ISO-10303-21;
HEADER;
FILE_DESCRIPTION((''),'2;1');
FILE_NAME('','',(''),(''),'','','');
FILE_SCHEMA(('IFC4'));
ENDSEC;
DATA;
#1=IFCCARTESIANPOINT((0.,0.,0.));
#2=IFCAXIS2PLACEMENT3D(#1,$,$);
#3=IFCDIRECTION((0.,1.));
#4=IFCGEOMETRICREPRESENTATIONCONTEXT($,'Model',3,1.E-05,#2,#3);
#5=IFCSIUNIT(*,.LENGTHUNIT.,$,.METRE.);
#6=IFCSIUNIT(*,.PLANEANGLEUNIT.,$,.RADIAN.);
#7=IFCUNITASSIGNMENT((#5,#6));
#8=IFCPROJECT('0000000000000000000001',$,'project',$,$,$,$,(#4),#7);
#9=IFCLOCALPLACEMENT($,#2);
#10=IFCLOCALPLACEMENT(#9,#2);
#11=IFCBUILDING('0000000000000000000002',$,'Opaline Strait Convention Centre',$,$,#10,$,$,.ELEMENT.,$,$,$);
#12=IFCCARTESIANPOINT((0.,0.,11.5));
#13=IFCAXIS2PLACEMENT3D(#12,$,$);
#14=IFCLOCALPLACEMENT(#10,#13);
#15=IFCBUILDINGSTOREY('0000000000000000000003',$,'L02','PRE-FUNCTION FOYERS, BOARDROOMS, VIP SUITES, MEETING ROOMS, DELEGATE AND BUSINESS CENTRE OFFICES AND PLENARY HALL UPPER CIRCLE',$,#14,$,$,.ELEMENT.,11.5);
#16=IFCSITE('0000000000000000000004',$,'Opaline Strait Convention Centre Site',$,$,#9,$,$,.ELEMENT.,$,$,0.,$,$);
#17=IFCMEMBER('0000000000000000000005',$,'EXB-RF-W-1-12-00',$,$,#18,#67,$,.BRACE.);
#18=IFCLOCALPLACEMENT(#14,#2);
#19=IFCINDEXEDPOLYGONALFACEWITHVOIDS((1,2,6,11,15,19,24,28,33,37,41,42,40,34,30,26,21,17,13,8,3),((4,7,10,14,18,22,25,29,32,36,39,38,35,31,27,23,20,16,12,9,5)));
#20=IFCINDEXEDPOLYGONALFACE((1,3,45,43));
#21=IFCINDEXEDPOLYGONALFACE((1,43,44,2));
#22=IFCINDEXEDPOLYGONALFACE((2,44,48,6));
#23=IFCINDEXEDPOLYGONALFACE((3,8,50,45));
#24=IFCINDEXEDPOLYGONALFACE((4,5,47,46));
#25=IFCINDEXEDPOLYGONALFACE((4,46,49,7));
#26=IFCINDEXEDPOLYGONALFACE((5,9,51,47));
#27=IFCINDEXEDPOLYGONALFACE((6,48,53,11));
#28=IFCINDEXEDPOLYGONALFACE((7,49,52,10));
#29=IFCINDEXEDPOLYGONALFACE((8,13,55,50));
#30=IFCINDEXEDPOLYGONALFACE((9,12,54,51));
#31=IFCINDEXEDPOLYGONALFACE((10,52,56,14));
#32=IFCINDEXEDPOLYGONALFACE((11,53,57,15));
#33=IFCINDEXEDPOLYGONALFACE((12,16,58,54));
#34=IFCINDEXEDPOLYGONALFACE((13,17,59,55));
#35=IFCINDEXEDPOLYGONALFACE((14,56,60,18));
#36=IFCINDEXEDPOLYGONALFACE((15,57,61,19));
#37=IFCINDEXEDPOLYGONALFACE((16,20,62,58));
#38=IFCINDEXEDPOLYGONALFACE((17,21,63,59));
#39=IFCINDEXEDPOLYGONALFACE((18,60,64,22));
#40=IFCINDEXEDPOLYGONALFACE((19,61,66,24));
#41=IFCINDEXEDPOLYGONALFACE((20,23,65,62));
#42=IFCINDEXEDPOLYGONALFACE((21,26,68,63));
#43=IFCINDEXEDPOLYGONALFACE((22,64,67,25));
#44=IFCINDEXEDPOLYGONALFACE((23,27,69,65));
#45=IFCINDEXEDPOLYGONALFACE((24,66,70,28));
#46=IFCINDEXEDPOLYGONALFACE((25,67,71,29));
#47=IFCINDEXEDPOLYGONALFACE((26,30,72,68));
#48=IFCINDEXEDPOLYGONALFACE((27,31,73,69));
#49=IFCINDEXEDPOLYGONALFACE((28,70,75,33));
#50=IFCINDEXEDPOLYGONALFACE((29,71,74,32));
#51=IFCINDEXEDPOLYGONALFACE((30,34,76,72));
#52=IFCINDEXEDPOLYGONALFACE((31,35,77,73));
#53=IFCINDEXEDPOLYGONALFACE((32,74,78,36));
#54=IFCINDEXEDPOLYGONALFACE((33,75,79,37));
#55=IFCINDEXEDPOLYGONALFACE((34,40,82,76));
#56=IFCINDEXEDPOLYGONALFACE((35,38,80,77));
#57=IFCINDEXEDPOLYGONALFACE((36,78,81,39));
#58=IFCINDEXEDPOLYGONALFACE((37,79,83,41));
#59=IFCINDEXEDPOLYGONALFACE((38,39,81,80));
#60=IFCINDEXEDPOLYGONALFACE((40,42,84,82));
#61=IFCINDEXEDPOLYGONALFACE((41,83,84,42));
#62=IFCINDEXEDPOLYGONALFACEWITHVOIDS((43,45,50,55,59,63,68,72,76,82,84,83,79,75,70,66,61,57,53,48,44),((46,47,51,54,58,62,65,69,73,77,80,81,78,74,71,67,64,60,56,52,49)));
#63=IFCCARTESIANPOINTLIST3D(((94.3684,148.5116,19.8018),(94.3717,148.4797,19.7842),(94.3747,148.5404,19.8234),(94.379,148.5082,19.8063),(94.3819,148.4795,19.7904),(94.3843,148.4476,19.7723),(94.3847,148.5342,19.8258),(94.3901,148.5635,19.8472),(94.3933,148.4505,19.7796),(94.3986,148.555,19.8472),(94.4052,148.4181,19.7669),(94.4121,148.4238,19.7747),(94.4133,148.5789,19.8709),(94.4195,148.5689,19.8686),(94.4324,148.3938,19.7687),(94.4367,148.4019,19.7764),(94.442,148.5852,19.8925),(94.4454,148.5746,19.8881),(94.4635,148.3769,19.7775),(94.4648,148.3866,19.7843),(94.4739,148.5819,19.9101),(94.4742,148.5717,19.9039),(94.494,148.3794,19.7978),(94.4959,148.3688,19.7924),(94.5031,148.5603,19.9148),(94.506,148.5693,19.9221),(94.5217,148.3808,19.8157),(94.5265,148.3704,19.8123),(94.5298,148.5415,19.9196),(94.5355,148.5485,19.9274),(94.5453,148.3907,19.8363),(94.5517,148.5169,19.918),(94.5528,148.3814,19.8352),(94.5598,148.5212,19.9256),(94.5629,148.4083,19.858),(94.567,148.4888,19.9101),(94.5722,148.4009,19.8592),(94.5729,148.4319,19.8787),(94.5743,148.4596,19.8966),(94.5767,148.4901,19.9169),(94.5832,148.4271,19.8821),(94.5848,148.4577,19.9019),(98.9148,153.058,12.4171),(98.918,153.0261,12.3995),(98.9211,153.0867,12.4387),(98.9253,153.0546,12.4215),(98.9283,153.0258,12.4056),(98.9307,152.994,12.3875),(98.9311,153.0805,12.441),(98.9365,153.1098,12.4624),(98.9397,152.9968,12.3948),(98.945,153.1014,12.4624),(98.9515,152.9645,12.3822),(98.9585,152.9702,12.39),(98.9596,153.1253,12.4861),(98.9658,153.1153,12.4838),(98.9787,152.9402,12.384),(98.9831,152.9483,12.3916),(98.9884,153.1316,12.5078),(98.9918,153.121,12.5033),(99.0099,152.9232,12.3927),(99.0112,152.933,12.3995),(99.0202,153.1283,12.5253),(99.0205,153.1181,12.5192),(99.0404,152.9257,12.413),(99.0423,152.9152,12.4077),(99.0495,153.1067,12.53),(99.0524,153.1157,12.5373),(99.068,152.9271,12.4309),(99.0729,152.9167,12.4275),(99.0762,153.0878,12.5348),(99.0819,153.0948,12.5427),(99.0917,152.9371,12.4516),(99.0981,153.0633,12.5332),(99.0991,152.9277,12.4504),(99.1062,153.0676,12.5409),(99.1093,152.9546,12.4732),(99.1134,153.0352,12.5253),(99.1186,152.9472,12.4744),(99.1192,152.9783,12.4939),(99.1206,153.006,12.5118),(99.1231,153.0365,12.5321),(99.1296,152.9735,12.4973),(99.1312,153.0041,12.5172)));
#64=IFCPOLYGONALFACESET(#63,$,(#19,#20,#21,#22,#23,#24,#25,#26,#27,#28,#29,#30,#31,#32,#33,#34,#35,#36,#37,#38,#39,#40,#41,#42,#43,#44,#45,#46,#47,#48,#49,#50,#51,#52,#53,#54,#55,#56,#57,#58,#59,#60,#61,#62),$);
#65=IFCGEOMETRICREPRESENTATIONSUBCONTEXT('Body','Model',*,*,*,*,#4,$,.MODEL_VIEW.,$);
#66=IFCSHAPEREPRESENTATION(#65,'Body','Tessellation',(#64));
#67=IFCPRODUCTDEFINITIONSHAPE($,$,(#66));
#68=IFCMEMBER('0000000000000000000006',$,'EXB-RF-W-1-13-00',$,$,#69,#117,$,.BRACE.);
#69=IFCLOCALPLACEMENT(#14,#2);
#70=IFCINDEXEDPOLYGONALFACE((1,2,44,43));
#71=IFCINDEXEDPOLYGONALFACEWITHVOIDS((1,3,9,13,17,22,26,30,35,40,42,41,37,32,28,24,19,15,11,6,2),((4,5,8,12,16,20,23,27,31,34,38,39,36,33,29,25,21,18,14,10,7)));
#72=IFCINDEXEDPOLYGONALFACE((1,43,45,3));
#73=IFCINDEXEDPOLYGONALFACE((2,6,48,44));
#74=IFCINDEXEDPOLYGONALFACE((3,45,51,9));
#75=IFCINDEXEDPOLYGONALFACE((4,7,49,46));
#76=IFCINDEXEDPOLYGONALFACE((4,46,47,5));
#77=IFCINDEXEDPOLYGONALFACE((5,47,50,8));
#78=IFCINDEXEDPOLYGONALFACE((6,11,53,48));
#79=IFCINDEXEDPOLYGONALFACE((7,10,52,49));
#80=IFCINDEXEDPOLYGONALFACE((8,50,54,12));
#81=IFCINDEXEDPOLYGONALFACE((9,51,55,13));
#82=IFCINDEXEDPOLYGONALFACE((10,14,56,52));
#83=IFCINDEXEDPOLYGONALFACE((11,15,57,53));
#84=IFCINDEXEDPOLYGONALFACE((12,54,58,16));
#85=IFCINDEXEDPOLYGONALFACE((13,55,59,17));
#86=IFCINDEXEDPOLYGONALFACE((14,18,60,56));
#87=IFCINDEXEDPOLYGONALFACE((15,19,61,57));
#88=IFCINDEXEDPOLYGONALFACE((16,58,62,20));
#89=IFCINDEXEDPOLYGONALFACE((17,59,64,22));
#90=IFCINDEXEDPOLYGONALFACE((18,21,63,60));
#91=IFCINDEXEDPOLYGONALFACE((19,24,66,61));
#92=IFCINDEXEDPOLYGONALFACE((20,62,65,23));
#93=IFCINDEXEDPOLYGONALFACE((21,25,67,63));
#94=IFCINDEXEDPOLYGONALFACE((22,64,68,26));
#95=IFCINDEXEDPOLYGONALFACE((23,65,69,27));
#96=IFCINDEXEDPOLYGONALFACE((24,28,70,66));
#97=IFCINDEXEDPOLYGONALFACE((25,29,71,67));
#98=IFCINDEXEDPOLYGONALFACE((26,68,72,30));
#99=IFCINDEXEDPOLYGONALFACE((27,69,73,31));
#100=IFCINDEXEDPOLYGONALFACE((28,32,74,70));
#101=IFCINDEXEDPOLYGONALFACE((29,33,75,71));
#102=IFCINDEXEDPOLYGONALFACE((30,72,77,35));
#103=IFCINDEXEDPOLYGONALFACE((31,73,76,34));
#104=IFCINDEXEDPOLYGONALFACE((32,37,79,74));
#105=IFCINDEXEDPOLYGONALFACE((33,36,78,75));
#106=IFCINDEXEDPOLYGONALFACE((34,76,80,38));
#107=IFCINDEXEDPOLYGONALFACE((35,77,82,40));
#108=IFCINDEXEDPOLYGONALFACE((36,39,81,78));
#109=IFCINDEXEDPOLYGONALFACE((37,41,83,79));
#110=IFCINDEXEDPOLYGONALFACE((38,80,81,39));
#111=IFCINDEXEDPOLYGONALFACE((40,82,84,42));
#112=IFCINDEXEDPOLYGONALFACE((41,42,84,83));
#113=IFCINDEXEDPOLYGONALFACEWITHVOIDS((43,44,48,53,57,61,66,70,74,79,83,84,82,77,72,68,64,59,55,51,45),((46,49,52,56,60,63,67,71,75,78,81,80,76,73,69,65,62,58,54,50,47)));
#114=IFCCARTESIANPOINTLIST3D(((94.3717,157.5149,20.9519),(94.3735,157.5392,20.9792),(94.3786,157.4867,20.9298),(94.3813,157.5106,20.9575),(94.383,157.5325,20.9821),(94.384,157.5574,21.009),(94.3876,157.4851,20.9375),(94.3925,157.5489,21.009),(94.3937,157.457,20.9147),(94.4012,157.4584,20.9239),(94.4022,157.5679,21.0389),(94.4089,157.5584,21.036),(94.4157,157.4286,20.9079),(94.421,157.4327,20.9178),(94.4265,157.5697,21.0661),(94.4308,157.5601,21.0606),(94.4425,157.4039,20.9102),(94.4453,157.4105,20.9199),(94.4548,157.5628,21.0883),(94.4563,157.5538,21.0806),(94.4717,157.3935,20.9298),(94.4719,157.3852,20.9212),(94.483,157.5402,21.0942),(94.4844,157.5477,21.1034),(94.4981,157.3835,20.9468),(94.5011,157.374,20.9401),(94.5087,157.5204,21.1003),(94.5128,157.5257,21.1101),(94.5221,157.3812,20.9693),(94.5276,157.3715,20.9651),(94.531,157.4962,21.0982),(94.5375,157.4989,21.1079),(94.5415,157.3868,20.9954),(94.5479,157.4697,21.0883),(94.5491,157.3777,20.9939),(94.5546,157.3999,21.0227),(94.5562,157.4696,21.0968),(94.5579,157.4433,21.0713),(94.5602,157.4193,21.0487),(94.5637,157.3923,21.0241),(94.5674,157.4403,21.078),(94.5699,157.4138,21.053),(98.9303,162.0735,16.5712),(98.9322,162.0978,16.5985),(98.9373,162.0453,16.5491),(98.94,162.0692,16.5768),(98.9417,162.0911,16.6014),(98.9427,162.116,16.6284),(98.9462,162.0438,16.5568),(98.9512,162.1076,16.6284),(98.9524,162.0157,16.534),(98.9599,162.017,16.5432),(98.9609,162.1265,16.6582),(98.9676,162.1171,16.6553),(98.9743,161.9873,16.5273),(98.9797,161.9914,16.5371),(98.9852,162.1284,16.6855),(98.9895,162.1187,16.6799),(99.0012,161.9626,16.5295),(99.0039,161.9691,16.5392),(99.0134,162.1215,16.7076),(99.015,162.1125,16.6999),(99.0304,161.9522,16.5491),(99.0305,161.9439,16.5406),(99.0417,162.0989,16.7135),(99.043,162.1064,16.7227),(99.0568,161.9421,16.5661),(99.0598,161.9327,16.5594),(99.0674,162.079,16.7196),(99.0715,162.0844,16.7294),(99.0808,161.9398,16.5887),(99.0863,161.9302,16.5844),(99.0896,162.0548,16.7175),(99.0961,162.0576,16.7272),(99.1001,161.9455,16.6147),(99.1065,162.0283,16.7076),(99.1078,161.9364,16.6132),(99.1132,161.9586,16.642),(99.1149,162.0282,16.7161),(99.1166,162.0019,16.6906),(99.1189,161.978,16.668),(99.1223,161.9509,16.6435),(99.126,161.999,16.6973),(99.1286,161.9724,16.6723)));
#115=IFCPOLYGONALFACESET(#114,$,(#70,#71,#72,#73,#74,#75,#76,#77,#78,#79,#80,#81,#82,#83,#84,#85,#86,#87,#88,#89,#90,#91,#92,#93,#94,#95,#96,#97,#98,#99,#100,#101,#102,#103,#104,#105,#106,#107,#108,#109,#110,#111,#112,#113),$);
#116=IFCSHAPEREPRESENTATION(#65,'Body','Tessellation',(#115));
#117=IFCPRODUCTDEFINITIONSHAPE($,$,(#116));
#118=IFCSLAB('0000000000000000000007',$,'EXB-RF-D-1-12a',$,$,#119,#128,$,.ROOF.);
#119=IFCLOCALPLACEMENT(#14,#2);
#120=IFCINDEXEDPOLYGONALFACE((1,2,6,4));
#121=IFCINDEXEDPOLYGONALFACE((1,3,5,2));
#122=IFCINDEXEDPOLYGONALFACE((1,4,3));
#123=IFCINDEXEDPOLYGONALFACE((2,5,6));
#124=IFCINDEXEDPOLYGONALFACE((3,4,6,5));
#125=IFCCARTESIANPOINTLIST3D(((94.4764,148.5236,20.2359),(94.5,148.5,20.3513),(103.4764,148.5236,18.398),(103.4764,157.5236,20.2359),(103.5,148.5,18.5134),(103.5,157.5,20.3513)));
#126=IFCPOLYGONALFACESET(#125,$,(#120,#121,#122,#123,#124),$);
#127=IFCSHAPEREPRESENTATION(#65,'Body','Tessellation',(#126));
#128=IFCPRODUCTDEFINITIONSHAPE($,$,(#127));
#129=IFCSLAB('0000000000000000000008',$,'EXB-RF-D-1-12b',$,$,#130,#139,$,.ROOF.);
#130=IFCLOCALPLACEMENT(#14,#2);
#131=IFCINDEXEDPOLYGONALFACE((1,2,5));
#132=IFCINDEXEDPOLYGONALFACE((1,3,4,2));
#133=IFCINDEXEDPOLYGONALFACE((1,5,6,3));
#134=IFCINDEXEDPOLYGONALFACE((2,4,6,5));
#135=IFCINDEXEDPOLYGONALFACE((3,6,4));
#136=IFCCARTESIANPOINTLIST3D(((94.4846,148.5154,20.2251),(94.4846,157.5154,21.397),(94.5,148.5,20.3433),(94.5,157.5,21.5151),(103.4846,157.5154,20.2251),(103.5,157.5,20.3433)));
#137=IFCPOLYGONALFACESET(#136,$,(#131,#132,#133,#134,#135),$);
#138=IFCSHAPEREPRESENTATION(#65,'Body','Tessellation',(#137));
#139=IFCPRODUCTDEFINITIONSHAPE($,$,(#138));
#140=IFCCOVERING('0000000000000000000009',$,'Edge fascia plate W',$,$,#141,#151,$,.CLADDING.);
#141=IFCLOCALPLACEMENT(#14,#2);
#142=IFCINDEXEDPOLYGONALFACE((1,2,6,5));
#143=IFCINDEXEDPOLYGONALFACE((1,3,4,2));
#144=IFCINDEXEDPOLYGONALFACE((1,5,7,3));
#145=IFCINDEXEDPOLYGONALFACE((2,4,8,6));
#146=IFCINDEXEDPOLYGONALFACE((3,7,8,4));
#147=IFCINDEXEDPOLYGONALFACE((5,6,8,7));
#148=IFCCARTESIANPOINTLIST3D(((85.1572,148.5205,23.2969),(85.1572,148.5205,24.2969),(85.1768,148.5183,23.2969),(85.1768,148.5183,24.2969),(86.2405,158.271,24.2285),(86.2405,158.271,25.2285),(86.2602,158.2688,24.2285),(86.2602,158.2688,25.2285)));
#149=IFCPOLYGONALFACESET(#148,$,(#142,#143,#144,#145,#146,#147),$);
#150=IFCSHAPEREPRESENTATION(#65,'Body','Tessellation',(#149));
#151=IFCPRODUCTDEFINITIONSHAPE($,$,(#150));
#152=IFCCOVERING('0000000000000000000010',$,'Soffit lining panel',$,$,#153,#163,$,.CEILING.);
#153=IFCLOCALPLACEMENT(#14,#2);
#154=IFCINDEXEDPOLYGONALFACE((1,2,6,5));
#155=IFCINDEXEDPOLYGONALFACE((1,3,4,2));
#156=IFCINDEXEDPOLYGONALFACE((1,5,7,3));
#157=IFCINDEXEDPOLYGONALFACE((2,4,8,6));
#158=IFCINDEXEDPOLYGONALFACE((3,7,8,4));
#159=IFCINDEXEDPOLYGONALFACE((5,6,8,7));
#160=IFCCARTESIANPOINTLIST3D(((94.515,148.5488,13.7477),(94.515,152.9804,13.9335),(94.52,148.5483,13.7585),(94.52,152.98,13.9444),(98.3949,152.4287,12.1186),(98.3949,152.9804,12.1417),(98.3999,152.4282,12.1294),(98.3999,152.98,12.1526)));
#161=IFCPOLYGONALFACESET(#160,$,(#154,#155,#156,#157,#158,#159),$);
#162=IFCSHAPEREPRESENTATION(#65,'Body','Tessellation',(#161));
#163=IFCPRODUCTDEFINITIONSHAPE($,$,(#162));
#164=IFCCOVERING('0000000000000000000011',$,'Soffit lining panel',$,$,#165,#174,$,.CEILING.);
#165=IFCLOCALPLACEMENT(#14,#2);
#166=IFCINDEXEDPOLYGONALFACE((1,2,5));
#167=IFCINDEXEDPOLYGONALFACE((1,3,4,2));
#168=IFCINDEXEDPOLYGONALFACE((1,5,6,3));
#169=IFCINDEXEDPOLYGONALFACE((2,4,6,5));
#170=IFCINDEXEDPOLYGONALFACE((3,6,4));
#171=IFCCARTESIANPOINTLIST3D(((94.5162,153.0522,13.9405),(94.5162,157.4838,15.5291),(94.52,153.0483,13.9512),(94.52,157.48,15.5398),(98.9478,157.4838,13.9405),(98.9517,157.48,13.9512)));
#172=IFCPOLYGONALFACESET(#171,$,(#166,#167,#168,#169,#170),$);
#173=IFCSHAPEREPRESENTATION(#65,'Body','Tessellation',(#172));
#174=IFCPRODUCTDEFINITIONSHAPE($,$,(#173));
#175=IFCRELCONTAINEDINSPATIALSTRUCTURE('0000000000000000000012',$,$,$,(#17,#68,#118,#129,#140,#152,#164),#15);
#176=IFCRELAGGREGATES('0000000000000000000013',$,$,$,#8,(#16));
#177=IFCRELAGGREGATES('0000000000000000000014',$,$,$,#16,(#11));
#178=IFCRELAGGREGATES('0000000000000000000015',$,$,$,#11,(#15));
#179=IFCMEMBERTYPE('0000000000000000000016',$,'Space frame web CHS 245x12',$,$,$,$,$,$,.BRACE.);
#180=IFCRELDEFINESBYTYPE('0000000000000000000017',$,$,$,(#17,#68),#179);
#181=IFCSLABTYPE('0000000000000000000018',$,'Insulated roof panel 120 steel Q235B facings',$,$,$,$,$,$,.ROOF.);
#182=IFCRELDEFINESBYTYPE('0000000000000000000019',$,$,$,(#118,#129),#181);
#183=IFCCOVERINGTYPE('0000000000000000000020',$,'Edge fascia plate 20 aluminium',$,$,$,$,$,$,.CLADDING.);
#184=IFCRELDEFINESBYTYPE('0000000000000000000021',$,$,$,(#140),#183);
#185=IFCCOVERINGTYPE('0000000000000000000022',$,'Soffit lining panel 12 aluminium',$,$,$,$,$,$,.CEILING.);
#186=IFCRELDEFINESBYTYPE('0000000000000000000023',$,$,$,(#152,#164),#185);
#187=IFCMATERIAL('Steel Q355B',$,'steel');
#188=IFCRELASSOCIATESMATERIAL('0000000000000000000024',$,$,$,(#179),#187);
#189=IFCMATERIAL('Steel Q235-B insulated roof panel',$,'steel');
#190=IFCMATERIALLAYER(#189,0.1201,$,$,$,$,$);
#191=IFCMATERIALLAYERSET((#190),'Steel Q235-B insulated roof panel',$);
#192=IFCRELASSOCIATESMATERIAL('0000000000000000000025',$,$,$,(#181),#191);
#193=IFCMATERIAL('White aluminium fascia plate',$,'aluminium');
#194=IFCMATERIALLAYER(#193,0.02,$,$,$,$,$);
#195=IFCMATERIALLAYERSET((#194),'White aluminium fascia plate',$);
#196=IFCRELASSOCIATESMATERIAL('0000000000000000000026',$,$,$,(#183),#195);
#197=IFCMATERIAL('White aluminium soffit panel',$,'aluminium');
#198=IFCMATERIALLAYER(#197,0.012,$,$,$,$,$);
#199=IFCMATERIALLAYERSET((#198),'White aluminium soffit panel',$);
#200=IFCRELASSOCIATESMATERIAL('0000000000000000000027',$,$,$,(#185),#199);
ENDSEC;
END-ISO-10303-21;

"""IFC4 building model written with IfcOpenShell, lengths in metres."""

from ifc_helpers import new_model, si_unit, direction, frame, origin, origin_2d, place, context, subcontext, project, spatial, polyline, hollow_circle, outline, extrude, material, layer, layer_set, material_profile, profile_set, type_object, element, save


model = new_model("IFC4")

# Units and contexts
model_context = context("Model", 3, precision=1e-05, world=origin(), true_north=direction((0.0, 1.0)))
body_context = subcontext(model_context, "Body", "Model", "MODEL_VIEW")
ifc_project = project(units=[si_unit("LENGTHUNIT", "METRE"), si_unit("PLANEANGLEUNIT", "RADIAN")], contexts=[model_context])

# Site, building, storey
site_placement = place(None, origin())
site = spatial("IfcSite", under=ifc_project, at=site_placement, Name="Opaline Strait Convention Centre Site", CompositionType="ELEMENT", RefElevation=0.0)
building_placement = place(site_placement, origin())
building = spatial("IfcBuilding", under=site, at=building_placement, Name="Opaline Strait Convention Centre", CompositionType="ELEMENT")
storey_placement = place(building_placement, frame((0.0, 0.0, 11.5)))
storey = spatial("IfcBuildingStorey", under=building, at=storey_placement, Name="L02", Description="PRE-FUNCTION FOYERS, BOARDROOMS, VIP SUITES, MEETING ROOMS, DELEGATE AND BUSINESS CENTRE OFFICES AND PLENARY HALL UPPER CIRCLE", CompositionType="ELEMENT", Elevation=11.5)

# Members
ifc_material_1 = material(Name="Steel Q355B", Category="steel")
ifc_material_profile_1 = material_profile(ifc_material_1, hollow_circle(Radius=0.1226, WallThickness=0.012, at=origin_2d()), Name="CHS 245x12")
ifc_profile_set_1 = profile_set([ifc_material_profile_1], Name="Steel Q355B")
member_type_1 = type_object("IfcMemberType", Name="Space frame web CHS 245x12", PredefinedType="BRACE", material=ifc_profile_set_1)
for number, where, z_axis, x_axis, name in (
    (1, (94.4768, 148.4768, 19.8472), (0.464318, 0.464318, -0.754199), (-0.707107, 0.707107, 0.0), "EXB-RF-W-1-12-00"),
):
    element("IfcMember", number, at=place(storey_placement, frame(where, z_axis=z_axis, x_axis=x_axis)), inside=storey, type_object=member_type_1, Name=name, PredefinedType="BRACE", context=body_context, shape_type="SweptSolid", body=[
        extrude(hollow_circle(Radius=0.1226, WallThickness=0.012, at=origin_2d()), origin(), (0.0, 0.0, 1.0), 9.7915),
    ])
member_1_placement = place(storey_placement, frame((94.4707, 157.4707, 21.009), z_axis=(0.584861, 0.584861, -0.562027), x_axis=(-0.707107, 0.707107, 0.0)))
element("IfcMember", 2, at=member_1_placement, inside=storey, type_object=member_type_1, Name="EXB-RF-W-1-13-00", PredefinedType="BRACE", context=body_context, shape_type="SweptSolid", body=[
    extrude(hollow_circle(Radius=0.1226, WallThickness=0.012, at=origin_2d()), origin(), (0.0, 0.0, 1.0), 7.7944),
])

# Slabs
ifc_material_2 = material(Name="Steel Q235-B insulated roof panel", Category="steel")
ifc_layer_1 = layer(ifc_material_2, 0.1201)
ifc_layer_set_1 = layer_set([ifc_layer_1], Name="Steel Q235-B insulated roof panel")
slab_type = type_object("IfcSlabType", Name="Insulated roof panel 120 steel Q235B facings", PredefinedType="ROOF", material=ifc_layer_set_1)
slab_1_placement = place(storey_placement, frame((94.5, 148.5, 20.3513), z_axis=(0.196192, -0.196192, 0.960738), x_axis=(0.979779, 0.0, -0.200081)))
element("IfcSlab", 3, at=slab_1_placement, inside=storey, type_object=slab_type, Name="EXB-RF-D-1-12a", PredefinedType="ROOF", context=body_context, shape_type="SweptSolid", body=[
    extrude(outline(polyline([(0.0, 0.0), (9.1857, 0.0), (8.818, 9.1784), (0.0, 0.0)])), origin(), (0.0, 0.0, -1.0), 0.1201),
])
slab_2_placement = place(storey_placement, frame((94.5, 148.5, 20.3433), z_axis=(0.128055, -0.128055, 0.983465), x_axis=(0.707107, 0.707107, 0.0)))
element("IfcSlab", 4, at=slab_2_placement, inside=storey, type_object=slab_type, Name="EXB-RF-D-1-12b", PredefinedType="ROOF", context=body_context, shape_type="SweptSolid", body=[
    extrude(outline(polyline([(0.0, 0.0), (12.7279, 0.0), (6.364, 6.471), (0.0, 0.0)])), origin(), (0.0, 0.0, -1.0), 0.1201),
])

# Coverings
ifc_material_3 = material(Name="White aluminium fascia plate", Category="aluminium")
ifc_layer_2 = layer(ifc_material_3, 0.02)
ifc_layer_set_2 = layer_set([ifc_layer_2], Name="White aluminium fascia plate")
covering_type_1 = type_object("IfcCoveringType", Name="Edge fascia plate 20 aluminium", PredefinedType="CLADDING", material=ifc_layer_set_2)
covering_1_placement = place(storey_placement, frame((85.7185, 153.3936, 24.2627), z_axis=(-0.993884, 0.110432, 0.0), x_axis=(-0.110432, -0.993884, 0.0)))
element("IfcCovering", 5, at=covering_1_placement, inside=storey, type_object=covering_type_1, Name="Edge fascia plate W", PredefinedType="CLADDING", context=body_context, shape_type="SweptSolid", body=[
    extrude(outline(polyline([(-4.9053, 0.9658), (4.9053, 0.0342), (4.9053, -0.9658), (-4.9053, -0.0342), (-4.9053, 0.9658)])), origin(), (0.0, 0.0, 1.0), 0.0198),
])
ifc_material_4 = material(Name="White aluminium soffit panel", Category="aluminium")
ifc_layer_3 = layer(ifc_material_4, 0.012)
ifc_layer_set_3 = layer_set([ifc_layer_3], Name="White aluminium soffit panel")
covering_type_2 = type_object("IfcCoveringType", Name="Soffit lining panel 12 aluminium", PredefinedType="CEILING", material=ifc_layer_set_3)
covering_2_placement = place(storey_placement, frame((94.52, 148.5483, 13.7585), z_axis=(0.418964, -0.038045, 0.907205), x_axis=(0.000005, 0.999122, 0.041897)))
element("IfcCovering", 6, at=covering_2_placement, inside=storey, type_object=covering_type_2, Name="Soffit lining panel", PredefinedType="CEILING", context=body_context, shape_type="SweptSolid", body=[
    extrude(outline(polyline([(0.0, 0.0), (4.4355, 0.0), (4.3605, -4.273), (3.8082, -4.273), (0.0, 0.0)])), origin(), (0.0, 0.0, -1.0), 0.012),
])
covering_3_placement = place(storey_placement, frame((94.52, 153.0483, 13.9512), z_axis=(0.319733, -0.319733, 0.891931), x_axis=(0.0, 0.941345, 0.337447)))
element("IfcCovering", 7, at=covering_3_placement, inside=storey, type_object=covering_type_2, Name="Soffit lining panel", PredefinedType="CEILING", context=body_context, shape_type="SweptSolid", body=[
    extrude(outline(polyline([(0.0, 0.0), (4.7078, 0.0), (4.1717, -4.6772), (0.0, 0.0)])), origin(), (0.0, 0.0, -1.0), 0.012),
])

save(model, "model.ifc")
